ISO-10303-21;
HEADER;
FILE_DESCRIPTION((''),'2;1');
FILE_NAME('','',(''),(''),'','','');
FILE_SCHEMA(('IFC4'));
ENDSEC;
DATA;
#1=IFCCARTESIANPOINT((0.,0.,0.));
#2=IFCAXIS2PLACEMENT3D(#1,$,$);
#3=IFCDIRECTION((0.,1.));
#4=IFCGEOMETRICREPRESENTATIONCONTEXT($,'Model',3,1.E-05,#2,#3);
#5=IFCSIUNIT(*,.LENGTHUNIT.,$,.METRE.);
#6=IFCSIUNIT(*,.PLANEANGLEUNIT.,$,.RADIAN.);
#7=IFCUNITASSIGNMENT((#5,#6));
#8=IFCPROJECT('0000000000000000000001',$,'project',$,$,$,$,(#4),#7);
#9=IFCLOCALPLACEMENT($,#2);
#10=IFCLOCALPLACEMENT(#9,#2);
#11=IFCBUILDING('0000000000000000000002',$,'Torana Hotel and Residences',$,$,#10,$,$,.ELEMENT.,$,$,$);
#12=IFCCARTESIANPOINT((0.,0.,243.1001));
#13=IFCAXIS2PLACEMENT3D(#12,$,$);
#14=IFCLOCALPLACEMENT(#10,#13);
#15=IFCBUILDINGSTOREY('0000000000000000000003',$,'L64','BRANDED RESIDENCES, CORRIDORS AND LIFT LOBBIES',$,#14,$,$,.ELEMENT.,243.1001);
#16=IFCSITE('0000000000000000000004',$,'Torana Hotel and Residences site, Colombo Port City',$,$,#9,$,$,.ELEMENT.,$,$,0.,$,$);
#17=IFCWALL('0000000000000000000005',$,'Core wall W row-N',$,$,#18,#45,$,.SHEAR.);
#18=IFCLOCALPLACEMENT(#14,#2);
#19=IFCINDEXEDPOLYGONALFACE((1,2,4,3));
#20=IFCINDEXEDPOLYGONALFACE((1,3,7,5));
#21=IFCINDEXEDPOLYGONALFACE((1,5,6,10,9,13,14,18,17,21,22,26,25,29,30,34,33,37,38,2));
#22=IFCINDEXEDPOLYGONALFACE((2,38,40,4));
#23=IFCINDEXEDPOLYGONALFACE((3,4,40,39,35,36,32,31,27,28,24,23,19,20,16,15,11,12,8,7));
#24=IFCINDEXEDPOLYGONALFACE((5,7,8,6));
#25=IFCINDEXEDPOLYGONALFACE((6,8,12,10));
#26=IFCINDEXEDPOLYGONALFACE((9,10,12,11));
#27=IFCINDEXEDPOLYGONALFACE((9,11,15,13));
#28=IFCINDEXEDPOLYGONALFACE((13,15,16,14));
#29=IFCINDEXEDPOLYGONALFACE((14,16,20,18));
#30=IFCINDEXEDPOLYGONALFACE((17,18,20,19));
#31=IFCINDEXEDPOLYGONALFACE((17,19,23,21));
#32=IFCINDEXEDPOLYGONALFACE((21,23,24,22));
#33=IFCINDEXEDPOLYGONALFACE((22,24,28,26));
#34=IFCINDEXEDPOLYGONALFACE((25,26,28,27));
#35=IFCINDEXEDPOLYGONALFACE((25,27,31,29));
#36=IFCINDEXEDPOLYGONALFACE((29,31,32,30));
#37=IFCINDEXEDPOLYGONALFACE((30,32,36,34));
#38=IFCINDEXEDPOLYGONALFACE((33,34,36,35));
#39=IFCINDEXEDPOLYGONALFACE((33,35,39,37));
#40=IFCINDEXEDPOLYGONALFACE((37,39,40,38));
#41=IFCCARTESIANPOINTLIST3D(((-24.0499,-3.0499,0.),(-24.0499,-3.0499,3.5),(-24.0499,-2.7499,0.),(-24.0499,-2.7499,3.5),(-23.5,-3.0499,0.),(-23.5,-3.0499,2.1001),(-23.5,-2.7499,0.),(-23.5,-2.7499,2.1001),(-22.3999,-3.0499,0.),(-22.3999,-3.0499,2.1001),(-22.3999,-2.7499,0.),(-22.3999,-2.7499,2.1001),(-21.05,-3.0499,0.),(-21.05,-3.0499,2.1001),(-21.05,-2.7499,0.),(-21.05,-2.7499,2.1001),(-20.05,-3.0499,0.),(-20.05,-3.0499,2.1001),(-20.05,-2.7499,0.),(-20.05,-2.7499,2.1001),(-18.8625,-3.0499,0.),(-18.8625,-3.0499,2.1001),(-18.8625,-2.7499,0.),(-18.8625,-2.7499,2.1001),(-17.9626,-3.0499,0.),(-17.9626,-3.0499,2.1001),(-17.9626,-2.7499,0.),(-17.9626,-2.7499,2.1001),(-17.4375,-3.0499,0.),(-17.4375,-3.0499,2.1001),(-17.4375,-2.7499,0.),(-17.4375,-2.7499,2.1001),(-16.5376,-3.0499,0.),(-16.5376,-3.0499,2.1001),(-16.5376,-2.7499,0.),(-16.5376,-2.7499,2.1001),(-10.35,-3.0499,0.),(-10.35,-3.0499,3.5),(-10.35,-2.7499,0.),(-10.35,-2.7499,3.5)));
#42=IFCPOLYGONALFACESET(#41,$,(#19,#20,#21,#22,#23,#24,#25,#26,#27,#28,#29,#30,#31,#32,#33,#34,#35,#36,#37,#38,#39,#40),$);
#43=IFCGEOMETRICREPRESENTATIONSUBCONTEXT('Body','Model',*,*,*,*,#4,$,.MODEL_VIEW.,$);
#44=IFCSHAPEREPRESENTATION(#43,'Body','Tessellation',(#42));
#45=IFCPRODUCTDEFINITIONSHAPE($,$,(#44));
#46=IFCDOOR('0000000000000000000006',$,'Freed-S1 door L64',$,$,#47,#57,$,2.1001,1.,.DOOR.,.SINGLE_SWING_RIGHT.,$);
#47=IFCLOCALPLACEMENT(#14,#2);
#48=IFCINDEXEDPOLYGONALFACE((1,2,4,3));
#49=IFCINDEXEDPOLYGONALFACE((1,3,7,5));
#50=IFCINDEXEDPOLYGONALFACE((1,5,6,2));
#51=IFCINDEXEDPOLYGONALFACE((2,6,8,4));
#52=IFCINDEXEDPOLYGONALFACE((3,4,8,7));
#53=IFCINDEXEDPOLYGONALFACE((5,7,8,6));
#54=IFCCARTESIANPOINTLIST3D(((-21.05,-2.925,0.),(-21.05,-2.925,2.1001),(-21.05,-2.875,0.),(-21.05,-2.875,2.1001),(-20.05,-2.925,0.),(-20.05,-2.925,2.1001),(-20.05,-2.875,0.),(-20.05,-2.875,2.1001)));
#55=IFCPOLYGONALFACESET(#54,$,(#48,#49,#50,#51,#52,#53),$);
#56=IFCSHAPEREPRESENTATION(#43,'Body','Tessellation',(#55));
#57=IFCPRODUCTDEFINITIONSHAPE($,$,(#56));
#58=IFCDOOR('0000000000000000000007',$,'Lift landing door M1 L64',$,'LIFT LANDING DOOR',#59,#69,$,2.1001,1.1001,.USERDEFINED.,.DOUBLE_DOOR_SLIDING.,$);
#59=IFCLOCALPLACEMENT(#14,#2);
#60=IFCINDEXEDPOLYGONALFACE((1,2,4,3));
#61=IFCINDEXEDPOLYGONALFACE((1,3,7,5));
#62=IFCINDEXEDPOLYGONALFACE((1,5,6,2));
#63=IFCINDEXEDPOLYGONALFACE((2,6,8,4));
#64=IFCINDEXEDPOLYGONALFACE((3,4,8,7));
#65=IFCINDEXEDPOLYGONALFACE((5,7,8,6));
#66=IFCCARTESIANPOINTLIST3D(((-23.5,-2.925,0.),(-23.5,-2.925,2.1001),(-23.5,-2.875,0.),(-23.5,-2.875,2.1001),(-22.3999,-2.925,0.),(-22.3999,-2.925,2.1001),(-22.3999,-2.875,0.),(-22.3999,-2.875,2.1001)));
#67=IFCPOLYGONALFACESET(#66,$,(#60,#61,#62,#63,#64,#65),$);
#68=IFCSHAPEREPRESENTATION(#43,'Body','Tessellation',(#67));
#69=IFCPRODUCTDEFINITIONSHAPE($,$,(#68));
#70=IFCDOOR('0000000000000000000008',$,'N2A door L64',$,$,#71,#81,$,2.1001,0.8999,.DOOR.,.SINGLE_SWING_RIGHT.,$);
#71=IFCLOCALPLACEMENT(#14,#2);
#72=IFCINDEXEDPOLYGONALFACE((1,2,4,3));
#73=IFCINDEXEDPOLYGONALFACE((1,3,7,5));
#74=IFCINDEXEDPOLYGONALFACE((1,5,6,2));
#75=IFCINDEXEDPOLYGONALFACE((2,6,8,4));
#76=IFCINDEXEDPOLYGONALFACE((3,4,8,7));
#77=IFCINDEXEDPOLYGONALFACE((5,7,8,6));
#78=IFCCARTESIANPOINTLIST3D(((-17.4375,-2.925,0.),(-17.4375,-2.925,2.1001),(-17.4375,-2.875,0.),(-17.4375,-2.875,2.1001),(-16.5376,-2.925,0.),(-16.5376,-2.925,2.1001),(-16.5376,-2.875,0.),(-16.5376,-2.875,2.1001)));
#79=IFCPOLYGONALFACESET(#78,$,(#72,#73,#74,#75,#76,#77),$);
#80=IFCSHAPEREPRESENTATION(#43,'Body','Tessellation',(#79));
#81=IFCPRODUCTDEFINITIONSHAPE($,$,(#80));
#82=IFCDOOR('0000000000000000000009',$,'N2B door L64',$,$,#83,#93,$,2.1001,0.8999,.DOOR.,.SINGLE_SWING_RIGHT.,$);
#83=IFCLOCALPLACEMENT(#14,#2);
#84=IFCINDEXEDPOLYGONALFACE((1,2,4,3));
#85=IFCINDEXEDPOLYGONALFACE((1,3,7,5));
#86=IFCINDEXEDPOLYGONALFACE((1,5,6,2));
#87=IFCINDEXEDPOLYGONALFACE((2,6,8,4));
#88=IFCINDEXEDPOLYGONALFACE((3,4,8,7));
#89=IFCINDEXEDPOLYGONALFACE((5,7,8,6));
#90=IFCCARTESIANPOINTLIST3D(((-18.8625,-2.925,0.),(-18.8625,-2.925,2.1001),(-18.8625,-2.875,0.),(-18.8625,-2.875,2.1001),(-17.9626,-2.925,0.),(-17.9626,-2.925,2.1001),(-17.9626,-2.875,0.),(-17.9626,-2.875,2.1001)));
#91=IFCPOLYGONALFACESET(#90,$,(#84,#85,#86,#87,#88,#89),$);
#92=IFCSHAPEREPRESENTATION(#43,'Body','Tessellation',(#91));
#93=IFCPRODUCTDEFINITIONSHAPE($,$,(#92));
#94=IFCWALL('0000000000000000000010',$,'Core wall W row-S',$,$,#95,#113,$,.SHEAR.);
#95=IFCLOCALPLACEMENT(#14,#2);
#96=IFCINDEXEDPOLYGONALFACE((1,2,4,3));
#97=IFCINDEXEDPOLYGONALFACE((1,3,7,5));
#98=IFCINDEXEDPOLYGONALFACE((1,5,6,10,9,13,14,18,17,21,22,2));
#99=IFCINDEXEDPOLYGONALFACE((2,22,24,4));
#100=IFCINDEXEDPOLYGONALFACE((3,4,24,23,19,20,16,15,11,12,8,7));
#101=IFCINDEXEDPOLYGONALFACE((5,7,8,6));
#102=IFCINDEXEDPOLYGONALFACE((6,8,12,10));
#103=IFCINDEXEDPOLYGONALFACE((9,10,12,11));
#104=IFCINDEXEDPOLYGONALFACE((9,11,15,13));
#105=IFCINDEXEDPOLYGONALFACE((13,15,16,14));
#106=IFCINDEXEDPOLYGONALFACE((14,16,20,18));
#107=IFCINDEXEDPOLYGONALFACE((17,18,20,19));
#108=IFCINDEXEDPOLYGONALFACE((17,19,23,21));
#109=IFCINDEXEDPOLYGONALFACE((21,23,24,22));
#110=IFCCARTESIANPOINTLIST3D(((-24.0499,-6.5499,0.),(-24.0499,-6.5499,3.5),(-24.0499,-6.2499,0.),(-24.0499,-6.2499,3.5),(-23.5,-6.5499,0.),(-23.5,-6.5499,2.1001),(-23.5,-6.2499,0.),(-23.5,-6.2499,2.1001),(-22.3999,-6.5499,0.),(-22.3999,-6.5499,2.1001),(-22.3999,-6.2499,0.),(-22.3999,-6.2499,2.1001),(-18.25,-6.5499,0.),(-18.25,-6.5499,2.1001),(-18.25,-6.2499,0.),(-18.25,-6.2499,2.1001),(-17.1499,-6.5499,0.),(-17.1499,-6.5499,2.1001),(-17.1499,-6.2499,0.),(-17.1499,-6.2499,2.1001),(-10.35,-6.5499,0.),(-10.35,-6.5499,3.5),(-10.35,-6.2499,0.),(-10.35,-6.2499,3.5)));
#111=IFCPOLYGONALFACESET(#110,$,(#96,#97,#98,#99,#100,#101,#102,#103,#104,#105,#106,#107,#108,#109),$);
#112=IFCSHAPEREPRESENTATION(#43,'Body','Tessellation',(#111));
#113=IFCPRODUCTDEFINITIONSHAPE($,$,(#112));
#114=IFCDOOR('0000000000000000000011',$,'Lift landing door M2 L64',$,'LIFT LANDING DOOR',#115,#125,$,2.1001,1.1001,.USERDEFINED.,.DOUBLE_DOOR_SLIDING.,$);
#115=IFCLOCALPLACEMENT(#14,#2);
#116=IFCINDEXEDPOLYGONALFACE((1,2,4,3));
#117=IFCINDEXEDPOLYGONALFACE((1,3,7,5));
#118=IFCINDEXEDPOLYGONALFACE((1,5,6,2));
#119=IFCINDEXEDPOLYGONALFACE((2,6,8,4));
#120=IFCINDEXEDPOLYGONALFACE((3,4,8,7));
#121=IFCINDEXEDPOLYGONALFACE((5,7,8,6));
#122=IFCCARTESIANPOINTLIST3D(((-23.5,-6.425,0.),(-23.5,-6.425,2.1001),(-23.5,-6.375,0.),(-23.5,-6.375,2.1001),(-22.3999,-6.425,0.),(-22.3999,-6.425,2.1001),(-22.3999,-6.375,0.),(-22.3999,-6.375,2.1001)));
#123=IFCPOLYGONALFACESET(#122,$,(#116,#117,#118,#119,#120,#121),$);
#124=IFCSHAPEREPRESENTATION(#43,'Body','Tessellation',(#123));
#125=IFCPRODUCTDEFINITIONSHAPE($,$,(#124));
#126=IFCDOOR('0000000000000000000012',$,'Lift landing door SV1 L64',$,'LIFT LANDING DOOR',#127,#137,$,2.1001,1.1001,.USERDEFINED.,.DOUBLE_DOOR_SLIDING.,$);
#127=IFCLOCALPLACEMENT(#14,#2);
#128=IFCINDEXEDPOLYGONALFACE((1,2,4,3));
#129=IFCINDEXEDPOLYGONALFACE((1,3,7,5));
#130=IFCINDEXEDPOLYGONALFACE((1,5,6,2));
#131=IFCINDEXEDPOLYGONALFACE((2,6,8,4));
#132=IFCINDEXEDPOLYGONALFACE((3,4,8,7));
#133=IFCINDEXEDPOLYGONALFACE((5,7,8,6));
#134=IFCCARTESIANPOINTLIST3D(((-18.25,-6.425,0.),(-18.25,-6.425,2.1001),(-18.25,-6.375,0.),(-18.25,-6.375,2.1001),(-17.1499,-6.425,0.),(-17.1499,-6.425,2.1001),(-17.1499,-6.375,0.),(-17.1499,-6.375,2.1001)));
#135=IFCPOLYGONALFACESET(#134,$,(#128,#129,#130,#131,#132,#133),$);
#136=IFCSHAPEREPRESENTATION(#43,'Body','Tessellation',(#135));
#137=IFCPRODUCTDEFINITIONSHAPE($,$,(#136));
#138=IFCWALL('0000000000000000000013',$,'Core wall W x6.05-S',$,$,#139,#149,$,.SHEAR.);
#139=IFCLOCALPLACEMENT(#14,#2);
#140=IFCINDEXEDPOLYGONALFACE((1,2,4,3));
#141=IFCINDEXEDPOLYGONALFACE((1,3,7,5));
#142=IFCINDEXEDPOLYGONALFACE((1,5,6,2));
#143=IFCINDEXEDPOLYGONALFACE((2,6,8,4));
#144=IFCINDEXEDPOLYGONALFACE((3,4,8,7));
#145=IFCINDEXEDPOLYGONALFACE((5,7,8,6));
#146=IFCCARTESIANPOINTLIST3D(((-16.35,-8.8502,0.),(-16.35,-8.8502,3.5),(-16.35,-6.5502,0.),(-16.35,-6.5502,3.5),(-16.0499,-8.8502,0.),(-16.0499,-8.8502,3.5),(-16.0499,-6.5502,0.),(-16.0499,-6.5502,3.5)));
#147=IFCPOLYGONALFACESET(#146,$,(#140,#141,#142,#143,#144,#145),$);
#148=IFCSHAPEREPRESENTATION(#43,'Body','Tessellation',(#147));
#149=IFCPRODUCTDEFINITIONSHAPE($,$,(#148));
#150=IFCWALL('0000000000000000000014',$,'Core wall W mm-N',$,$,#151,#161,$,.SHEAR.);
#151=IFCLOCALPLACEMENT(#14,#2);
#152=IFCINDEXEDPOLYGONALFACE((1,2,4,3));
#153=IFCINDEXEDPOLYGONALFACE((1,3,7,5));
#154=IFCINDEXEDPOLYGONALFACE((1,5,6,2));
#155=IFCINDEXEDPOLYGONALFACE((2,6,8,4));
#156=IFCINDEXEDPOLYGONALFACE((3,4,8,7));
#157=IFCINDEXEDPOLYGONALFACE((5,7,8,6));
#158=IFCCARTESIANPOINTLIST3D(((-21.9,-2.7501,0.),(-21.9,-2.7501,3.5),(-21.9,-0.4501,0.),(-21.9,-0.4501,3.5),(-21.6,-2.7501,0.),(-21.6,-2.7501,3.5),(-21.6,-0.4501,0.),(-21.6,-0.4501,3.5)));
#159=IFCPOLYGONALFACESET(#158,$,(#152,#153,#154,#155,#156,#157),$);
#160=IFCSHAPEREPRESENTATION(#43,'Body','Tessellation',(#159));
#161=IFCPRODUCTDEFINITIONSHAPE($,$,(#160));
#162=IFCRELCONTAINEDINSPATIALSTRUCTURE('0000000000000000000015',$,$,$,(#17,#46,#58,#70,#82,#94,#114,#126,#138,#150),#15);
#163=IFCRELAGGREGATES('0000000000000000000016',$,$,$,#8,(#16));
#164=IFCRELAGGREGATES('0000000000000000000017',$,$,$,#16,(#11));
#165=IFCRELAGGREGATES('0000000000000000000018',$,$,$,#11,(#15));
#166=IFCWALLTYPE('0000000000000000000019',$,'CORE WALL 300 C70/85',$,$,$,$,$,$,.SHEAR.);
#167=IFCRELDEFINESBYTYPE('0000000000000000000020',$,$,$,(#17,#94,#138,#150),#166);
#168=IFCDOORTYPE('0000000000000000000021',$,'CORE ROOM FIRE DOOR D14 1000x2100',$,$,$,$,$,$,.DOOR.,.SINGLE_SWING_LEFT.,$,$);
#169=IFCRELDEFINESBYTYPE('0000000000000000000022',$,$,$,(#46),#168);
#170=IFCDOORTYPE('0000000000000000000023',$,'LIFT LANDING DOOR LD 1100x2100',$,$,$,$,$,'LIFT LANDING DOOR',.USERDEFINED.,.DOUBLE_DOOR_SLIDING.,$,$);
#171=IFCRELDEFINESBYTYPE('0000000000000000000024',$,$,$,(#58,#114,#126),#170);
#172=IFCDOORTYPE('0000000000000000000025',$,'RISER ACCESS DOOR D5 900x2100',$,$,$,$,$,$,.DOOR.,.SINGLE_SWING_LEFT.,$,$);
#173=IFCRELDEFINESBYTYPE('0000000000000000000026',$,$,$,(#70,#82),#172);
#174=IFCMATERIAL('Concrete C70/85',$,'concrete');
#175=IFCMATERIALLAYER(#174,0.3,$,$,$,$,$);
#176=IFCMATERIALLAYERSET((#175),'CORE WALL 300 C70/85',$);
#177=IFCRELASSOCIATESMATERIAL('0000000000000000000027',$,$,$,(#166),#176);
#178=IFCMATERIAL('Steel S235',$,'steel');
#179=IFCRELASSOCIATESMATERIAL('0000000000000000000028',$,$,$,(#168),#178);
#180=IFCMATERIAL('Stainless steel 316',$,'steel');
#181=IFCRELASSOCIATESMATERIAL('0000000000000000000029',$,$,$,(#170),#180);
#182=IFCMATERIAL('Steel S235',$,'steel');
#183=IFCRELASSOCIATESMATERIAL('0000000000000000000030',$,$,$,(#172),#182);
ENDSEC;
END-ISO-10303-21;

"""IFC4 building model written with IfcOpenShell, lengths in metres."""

from ifc_helpers import new_model, si_unit, direction, frame, frame_2d, origin, place, context, subcontext, project, spatial, rectangle, extrude, material, layer, layer_set, type_object, element, fill, save


model = new_model("IFC4")

# Units and contexts
model_context = context("Model", 3, precision=1e-05, world=origin(), true_north=direction((0.0, 1.0)))
body_context = subcontext(model_context, "Body", "Model", "MODEL_VIEW")
ifc_project = project(units=[si_unit("LENGTHUNIT", "METRE"), si_unit("PLANEANGLEUNIT", "RADIAN")], contexts=[model_context])

# Site, building, storey
site_placement = place(None, origin())
site = spatial("IfcSite", under=ifc_project, at=site_placement, Name="Torana Hotel and Residences site, Colombo Port City", CompositionType="ELEMENT", RefElevation=0.0)
building_placement = place(site_placement, origin())
building = spatial("IfcBuilding", under=site, at=building_placement, Name="Torana Hotel and Residences", CompositionType="ELEMENT")
storey_placement = place(building_placement, frame((0.0, 0.0, 243.1001)))
storey = spatial("IfcBuildingStorey", under=building, at=storey_placement, Name="L64", Description="BRANDED RESIDENCES, CORRIDORS AND LIFT LOBBIES", CompositionType="ELEMENT", Elevation=243.1001)

# Walls, openings, doors
ifc_material_1 = material(Name="Concrete C70/85", Category="concrete")
ifc_layer_1 = layer(ifc_material_1, 0.3)
ifc_layer_set_1 = layer_set([ifc_layer_1], Name="CORE WALL 300 C70/85")
wall_type_1 = type_object("IfcWallType", Name="CORE WALL 300 C70/85", PredefinedType="SHEAR", material=ifc_layer_set_1)
wall_1_placement = place(storey_placement, frame((-24.05, -2.8999, 0.0), z_axis=(0.0, 0.0, 1.0), x_axis=(1.0, 0.0, 0.0)))
wall_1 = element("IfcWall", 1, at=wall_1_placement, inside=storey, type_object=wall_type_1, Name="Core wall W row-N", PredefinedType="SHEAR", context=body_context, shape_type="SweptSolid", body=[
    extrude(rectangle(XDim=13.7, YDim=0.3, at=frame_2d((6.8501, 0.0))), origin(), (0.0, 0.0, 1.0), 3.5),
])
opening_1_placement = place(wall_1_placement, frame((0.55, 0.0, 0.0)))
opening_1 = element("IfcOpeningElement", 2, at=opening_1_placement, cuts=wall_1, PredefinedType="OPENING", context=body_context, shape_type="SweptSolid", body=[
    extrude(rectangle(XDim=1.1001, YDim=2.1001, at=frame_2d((0.55, 1.05))), frame((0.0, 0.1599, 0.0), z_axis=(0.0, -1.0, 0.0), x_axis=(1.0, 0.0, 0.0)), (0.0, 0.0, 1.0), 0.3201),
])
opening_2_placement = place(wall_1_placement, frame((6.6125, 0.0, 0.0)))
opening_2 = element("IfcOpeningElement", 3, at=opening_2_placement, cuts=wall_1, PredefinedType="OPENING", context=body_context, shape_type="SweptSolid", body=[
    extrude(rectangle(XDim=0.8999, YDim=2.1001, at=frame_2d((0.45, 1.05))), frame((0.0, 0.1599, 0.0), z_axis=(0.0, -1.0, 0.0), x_axis=(1.0, 0.0, 0.0)), (0.0, 0.0, 1.0), 0.3201),
])
opening_3_placement = place(wall_1_placement, frame((5.1875, 0.0, 0.0)))
opening_3 = element("IfcOpeningElement", 4, at=opening_3_placement, cuts=wall_1, PredefinedType="OPENING", context=body_context, shape_type="SweptSolid", body=[
    extrude(rectangle(XDim=0.8999, YDim=2.1001, at=frame_2d((0.45, 1.05))), frame((0.0, 0.1599, 0.0), z_axis=(0.0, -1.0, 0.0), x_axis=(1.0, 0.0, 0.0)), (0.0, 0.0, 1.0), 0.3201),
])
opening_4_placement = place(wall_1_placement, frame((3.0, 0.0, 0.0)))
opening_4 = element("IfcOpeningElement", 5, at=opening_4_placement, cuts=wall_1, PredefinedType="OPENING", context=body_context, shape_type="SweptSolid", body=[
    extrude(rectangle(XDim=1.0, YDim=2.1001, at=frame_2d((0.5, 1.05))), frame((0.0, 0.1599, 0.0), z_axis=(0.0, -1.0, 0.0), x_axis=(1.0, 0.0, 0.0)), (0.0, 0.0, 1.0), 0.3201),
])
ifc_material_2 = material(Name="Steel S235", Category="steel")
door_type_1 = type_object("IfcDoorType", Name="CORE ROOM FIRE DOOR D14 1000x2100", OperationType="SINGLE_SWING_LEFT", PredefinedType="DOOR", material=ifc_material_2)
door_1_placement = place(opening_4_placement, origin())
door_1 = element("IfcDoor", 6, at=door_1_placement, inside=storey, type_object=door_type_1, Name="Freed-S1 door L64", OperationType="SINGLE_SWING_RIGHT", OverallHeight=2.1001, OverallWidth=1.0, PredefinedType="DOOR", context=body_context, shape_type="SweptSolid", body=[
    extrude(rectangle(XDim=1.0, YDim=2.1001, at=frame_2d((0.5, 1.05))), frame((0.0, 0.0249, 0.0), z_axis=(0.0, -1.0, 0.0), x_axis=(1.0, 0.0, 0.0)), (0.0, 0.0, 1.0), 0.05),
])
fill(opening_4, door_1)
ifc_material_3 = material(Name="Stainless steel 316", Category="steel")
door_type_2 = type_object("IfcDoorType", Name="LIFT LANDING DOOR LD 1100x2100", ElementType="LIFT LANDING DOOR", OperationType="DOUBLE_DOOR_SLIDING", PredefinedType="USERDEFINED", material=ifc_material_3)
door_2_placement = place(opening_1_placement, origin())
door_2 = element("IfcDoor", 7, at=door_2_placement, inside=storey, type_object=door_type_2, Name="Lift landing door M1 L64", ObjectType="LIFT LANDING DOOR", OperationType="DOUBLE_DOOR_SLIDING", OverallHeight=2.1001, OverallWidth=1.1001, PredefinedType="USERDEFINED", context=body_context, shape_type="SweptSolid", body=[
    extrude(rectangle(XDim=1.1001, YDim=2.1001, at=frame_2d((0.55, 1.05))), frame((0.0, 0.0249, 0.0), z_axis=(0.0, -1.0, 0.0), x_axis=(1.0, 0.0, 0.0)), (0.0, 0.0, 1.0), 0.05),
])
fill(opening_1, door_2)
ifc_material_4 = material(Name="Steel S235", Category="steel")
door_type_3 = type_object("IfcDoorType", Name="RISER ACCESS DOOR D5 900x2100", OperationType="SINGLE_SWING_LEFT", PredefinedType="DOOR", material=ifc_material_4)
door_3_placement = place(opening_2_placement, origin())
door_3 = element("IfcDoor", 8, at=door_3_placement, inside=storey, type_object=door_type_3, Name="N2A door L64", OperationType="SINGLE_SWING_RIGHT", OverallHeight=2.1001, OverallWidth=0.8999, PredefinedType="DOOR", context=body_context, shape_type="SweptSolid", body=[
    extrude(rectangle(XDim=0.8999, YDim=2.1001, at=frame_2d((0.45, 1.05))), frame((0.0, 0.0249, 0.0), z_axis=(0.0, -1.0, 0.0), x_axis=(1.0, 0.0, 0.0)), (0.0, 0.0, 1.0), 0.05),
])
fill(opening_2, door_3)
door_4_placement = place(opening_3_placement, origin())
door_4 = element("IfcDoor", 9, at=door_4_placement, inside=storey, type_object=door_type_3, Name="N2B door L64", OperationType="SINGLE_SWING_RIGHT", OverallHeight=2.1001, OverallWidth=0.8999, PredefinedType="DOOR", context=body_context, shape_type="SweptSolid", body=[
    extrude(rectangle(XDim=0.8999, YDim=2.1001, at=frame_2d((0.45, 1.05))), frame((0.0, 0.0249, 0.0), z_axis=(0.0, -1.0, 0.0), x_axis=(1.0, 0.0, 0.0)), (0.0, 0.0, 1.0), 0.05),
])
fill(opening_3, door_4)
wall_2_placement = place(storey_placement, frame((-24.05, -6.3999, 0.0), z_axis=(0.0, 0.0, 1.0), x_axis=(1.0, 0.0, 0.0)))
wall_2 = element("IfcWall", 10, at=wall_2_placement, inside=storey, type_object=wall_type_1, Name="Core wall W row-S", PredefinedType="SHEAR", context=body_context, shape_type="SweptSolid", body=[
    extrude(rectangle(XDim=13.7, YDim=0.3, at=frame_2d((6.8501, 0.0))), origin(), (0.0, 0.0, 1.0), 3.5),
])
opening_5_placement = place(wall_2_placement, frame((0.55, 0.0, 0.0)))
opening_5 = element("IfcOpeningElement", 11, at=opening_5_placement, cuts=wall_2, PredefinedType="OPENING", context=body_context, shape_type="SweptSolid", body=[
    extrude(rectangle(XDim=1.1001, YDim=2.1001, at=frame_2d((0.55, 1.05))), frame((0.0, 0.1599, 0.0), z_axis=(0.0, -1.0, 0.0), x_axis=(1.0, 0.0, 0.0)), (0.0, 0.0, 1.0), 0.3201),
])
opening_6_placement = place(wall_2_placement, frame((5.8, 0.0, 0.0)))
opening_6 = element("IfcOpeningElement", 12, at=opening_6_placement, cuts=wall_2, PredefinedType="OPENING", context=body_context, shape_type="SweptSolid", body=[
    extrude(rectangle(XDim=1.1001, YDim=2.1001, at=frame_2d((0.55, 1.05))), frame((0.0, 0.1599, 0.0), z_axis=(0.0, -1.0, 0.0), x_axis=(1.0, 0.0, 0.0)), (0.0, 0.0, 1.0), 0.3201),
])
door_5_placement = place(opening_5_placement, origin())
door_5 = element("IfcDoor", 13, at=door_5_placement, inside=storey, type_object=door_type_2, Name="Lift landing door M2 L64", ObjectType="LIFT LANDING DOOR", OperationType="DOUBLE_DOOR_SLIDING", OverallHeight=2.1001, OverallWidth=1.1001, PredefinedType="USERDEFINED", context=body_context, shape_type="SweptSolid", body=[
    extrude(rectangle(XDim=1.1001, YDim=2.1001, at=frame_2d((0.55, 1.05))), frame((0.0, 0.0249, 0.0), z_axis=(0.0, -1.0, 0.0), x_axis=(1.0, 0.0, 0.0)), (0.0, 0.0, 1.0), 0.05),
])
fill(opening_5, door_5)
door_6_placement = place(opening_6_placement, origin())
door_6 = element("IfcDoor", 14, at=door_6_placement, inside=storey, type_object=door_type_2, Name="Lift landing door SV1 L64", ObjectType="LIFT LANDING DOOR", OperationType="DOUBLE_DOOR_SLIDING", OverallHeight=2.1001, OverallWidth=1.1001, PredefinedType="USERDEFINED", context=body_context, shape_type="SweptSolid", body=[
    extrude(rectangle(XDim=1.1001, YDim=2.1001, at=frame_2d((0.55, 1.05))), frame((0.0, 0.0249, 0.0), z_axis=(0.0, -1.0, 0.0), x_axis=(1.0, 0.0, 0.0)), (0.0, 0.0, 1.0), 0.05),
])
fill(opening_6, door_6)

# Walls
for number, where, z_axis, x_axis, name in (
    (15, (-16.2, -8.8501, 0.0), (0.0, 0.0, 1.0), (0.0, 1.0, 0.0), "Core wall W x6.05-S"),
    (16, (-21.75, -2.75, 0.0), (0.0, 0.0, 1.0), (0.0, 1.0, 0.0), "Core wall W mm-N"),
):
    element("IfcWall", number, at=place(storey_placement, frame(where, z_axis=z_axis, x_axis=x_axis)), inside=storey, type_object=wall_type_1, Name=name, PredefinedType="SHEAR", context=body_context, shape_type="SweptSolid", body=[
        extrude(rectangle(XDim=2.3, YDim=0.3, at=frame_2d((1.1499, 0.0))), origin(), (0.0, 0.0, 1.0), 3.5),
    ])

save(model, "model.ifc")
